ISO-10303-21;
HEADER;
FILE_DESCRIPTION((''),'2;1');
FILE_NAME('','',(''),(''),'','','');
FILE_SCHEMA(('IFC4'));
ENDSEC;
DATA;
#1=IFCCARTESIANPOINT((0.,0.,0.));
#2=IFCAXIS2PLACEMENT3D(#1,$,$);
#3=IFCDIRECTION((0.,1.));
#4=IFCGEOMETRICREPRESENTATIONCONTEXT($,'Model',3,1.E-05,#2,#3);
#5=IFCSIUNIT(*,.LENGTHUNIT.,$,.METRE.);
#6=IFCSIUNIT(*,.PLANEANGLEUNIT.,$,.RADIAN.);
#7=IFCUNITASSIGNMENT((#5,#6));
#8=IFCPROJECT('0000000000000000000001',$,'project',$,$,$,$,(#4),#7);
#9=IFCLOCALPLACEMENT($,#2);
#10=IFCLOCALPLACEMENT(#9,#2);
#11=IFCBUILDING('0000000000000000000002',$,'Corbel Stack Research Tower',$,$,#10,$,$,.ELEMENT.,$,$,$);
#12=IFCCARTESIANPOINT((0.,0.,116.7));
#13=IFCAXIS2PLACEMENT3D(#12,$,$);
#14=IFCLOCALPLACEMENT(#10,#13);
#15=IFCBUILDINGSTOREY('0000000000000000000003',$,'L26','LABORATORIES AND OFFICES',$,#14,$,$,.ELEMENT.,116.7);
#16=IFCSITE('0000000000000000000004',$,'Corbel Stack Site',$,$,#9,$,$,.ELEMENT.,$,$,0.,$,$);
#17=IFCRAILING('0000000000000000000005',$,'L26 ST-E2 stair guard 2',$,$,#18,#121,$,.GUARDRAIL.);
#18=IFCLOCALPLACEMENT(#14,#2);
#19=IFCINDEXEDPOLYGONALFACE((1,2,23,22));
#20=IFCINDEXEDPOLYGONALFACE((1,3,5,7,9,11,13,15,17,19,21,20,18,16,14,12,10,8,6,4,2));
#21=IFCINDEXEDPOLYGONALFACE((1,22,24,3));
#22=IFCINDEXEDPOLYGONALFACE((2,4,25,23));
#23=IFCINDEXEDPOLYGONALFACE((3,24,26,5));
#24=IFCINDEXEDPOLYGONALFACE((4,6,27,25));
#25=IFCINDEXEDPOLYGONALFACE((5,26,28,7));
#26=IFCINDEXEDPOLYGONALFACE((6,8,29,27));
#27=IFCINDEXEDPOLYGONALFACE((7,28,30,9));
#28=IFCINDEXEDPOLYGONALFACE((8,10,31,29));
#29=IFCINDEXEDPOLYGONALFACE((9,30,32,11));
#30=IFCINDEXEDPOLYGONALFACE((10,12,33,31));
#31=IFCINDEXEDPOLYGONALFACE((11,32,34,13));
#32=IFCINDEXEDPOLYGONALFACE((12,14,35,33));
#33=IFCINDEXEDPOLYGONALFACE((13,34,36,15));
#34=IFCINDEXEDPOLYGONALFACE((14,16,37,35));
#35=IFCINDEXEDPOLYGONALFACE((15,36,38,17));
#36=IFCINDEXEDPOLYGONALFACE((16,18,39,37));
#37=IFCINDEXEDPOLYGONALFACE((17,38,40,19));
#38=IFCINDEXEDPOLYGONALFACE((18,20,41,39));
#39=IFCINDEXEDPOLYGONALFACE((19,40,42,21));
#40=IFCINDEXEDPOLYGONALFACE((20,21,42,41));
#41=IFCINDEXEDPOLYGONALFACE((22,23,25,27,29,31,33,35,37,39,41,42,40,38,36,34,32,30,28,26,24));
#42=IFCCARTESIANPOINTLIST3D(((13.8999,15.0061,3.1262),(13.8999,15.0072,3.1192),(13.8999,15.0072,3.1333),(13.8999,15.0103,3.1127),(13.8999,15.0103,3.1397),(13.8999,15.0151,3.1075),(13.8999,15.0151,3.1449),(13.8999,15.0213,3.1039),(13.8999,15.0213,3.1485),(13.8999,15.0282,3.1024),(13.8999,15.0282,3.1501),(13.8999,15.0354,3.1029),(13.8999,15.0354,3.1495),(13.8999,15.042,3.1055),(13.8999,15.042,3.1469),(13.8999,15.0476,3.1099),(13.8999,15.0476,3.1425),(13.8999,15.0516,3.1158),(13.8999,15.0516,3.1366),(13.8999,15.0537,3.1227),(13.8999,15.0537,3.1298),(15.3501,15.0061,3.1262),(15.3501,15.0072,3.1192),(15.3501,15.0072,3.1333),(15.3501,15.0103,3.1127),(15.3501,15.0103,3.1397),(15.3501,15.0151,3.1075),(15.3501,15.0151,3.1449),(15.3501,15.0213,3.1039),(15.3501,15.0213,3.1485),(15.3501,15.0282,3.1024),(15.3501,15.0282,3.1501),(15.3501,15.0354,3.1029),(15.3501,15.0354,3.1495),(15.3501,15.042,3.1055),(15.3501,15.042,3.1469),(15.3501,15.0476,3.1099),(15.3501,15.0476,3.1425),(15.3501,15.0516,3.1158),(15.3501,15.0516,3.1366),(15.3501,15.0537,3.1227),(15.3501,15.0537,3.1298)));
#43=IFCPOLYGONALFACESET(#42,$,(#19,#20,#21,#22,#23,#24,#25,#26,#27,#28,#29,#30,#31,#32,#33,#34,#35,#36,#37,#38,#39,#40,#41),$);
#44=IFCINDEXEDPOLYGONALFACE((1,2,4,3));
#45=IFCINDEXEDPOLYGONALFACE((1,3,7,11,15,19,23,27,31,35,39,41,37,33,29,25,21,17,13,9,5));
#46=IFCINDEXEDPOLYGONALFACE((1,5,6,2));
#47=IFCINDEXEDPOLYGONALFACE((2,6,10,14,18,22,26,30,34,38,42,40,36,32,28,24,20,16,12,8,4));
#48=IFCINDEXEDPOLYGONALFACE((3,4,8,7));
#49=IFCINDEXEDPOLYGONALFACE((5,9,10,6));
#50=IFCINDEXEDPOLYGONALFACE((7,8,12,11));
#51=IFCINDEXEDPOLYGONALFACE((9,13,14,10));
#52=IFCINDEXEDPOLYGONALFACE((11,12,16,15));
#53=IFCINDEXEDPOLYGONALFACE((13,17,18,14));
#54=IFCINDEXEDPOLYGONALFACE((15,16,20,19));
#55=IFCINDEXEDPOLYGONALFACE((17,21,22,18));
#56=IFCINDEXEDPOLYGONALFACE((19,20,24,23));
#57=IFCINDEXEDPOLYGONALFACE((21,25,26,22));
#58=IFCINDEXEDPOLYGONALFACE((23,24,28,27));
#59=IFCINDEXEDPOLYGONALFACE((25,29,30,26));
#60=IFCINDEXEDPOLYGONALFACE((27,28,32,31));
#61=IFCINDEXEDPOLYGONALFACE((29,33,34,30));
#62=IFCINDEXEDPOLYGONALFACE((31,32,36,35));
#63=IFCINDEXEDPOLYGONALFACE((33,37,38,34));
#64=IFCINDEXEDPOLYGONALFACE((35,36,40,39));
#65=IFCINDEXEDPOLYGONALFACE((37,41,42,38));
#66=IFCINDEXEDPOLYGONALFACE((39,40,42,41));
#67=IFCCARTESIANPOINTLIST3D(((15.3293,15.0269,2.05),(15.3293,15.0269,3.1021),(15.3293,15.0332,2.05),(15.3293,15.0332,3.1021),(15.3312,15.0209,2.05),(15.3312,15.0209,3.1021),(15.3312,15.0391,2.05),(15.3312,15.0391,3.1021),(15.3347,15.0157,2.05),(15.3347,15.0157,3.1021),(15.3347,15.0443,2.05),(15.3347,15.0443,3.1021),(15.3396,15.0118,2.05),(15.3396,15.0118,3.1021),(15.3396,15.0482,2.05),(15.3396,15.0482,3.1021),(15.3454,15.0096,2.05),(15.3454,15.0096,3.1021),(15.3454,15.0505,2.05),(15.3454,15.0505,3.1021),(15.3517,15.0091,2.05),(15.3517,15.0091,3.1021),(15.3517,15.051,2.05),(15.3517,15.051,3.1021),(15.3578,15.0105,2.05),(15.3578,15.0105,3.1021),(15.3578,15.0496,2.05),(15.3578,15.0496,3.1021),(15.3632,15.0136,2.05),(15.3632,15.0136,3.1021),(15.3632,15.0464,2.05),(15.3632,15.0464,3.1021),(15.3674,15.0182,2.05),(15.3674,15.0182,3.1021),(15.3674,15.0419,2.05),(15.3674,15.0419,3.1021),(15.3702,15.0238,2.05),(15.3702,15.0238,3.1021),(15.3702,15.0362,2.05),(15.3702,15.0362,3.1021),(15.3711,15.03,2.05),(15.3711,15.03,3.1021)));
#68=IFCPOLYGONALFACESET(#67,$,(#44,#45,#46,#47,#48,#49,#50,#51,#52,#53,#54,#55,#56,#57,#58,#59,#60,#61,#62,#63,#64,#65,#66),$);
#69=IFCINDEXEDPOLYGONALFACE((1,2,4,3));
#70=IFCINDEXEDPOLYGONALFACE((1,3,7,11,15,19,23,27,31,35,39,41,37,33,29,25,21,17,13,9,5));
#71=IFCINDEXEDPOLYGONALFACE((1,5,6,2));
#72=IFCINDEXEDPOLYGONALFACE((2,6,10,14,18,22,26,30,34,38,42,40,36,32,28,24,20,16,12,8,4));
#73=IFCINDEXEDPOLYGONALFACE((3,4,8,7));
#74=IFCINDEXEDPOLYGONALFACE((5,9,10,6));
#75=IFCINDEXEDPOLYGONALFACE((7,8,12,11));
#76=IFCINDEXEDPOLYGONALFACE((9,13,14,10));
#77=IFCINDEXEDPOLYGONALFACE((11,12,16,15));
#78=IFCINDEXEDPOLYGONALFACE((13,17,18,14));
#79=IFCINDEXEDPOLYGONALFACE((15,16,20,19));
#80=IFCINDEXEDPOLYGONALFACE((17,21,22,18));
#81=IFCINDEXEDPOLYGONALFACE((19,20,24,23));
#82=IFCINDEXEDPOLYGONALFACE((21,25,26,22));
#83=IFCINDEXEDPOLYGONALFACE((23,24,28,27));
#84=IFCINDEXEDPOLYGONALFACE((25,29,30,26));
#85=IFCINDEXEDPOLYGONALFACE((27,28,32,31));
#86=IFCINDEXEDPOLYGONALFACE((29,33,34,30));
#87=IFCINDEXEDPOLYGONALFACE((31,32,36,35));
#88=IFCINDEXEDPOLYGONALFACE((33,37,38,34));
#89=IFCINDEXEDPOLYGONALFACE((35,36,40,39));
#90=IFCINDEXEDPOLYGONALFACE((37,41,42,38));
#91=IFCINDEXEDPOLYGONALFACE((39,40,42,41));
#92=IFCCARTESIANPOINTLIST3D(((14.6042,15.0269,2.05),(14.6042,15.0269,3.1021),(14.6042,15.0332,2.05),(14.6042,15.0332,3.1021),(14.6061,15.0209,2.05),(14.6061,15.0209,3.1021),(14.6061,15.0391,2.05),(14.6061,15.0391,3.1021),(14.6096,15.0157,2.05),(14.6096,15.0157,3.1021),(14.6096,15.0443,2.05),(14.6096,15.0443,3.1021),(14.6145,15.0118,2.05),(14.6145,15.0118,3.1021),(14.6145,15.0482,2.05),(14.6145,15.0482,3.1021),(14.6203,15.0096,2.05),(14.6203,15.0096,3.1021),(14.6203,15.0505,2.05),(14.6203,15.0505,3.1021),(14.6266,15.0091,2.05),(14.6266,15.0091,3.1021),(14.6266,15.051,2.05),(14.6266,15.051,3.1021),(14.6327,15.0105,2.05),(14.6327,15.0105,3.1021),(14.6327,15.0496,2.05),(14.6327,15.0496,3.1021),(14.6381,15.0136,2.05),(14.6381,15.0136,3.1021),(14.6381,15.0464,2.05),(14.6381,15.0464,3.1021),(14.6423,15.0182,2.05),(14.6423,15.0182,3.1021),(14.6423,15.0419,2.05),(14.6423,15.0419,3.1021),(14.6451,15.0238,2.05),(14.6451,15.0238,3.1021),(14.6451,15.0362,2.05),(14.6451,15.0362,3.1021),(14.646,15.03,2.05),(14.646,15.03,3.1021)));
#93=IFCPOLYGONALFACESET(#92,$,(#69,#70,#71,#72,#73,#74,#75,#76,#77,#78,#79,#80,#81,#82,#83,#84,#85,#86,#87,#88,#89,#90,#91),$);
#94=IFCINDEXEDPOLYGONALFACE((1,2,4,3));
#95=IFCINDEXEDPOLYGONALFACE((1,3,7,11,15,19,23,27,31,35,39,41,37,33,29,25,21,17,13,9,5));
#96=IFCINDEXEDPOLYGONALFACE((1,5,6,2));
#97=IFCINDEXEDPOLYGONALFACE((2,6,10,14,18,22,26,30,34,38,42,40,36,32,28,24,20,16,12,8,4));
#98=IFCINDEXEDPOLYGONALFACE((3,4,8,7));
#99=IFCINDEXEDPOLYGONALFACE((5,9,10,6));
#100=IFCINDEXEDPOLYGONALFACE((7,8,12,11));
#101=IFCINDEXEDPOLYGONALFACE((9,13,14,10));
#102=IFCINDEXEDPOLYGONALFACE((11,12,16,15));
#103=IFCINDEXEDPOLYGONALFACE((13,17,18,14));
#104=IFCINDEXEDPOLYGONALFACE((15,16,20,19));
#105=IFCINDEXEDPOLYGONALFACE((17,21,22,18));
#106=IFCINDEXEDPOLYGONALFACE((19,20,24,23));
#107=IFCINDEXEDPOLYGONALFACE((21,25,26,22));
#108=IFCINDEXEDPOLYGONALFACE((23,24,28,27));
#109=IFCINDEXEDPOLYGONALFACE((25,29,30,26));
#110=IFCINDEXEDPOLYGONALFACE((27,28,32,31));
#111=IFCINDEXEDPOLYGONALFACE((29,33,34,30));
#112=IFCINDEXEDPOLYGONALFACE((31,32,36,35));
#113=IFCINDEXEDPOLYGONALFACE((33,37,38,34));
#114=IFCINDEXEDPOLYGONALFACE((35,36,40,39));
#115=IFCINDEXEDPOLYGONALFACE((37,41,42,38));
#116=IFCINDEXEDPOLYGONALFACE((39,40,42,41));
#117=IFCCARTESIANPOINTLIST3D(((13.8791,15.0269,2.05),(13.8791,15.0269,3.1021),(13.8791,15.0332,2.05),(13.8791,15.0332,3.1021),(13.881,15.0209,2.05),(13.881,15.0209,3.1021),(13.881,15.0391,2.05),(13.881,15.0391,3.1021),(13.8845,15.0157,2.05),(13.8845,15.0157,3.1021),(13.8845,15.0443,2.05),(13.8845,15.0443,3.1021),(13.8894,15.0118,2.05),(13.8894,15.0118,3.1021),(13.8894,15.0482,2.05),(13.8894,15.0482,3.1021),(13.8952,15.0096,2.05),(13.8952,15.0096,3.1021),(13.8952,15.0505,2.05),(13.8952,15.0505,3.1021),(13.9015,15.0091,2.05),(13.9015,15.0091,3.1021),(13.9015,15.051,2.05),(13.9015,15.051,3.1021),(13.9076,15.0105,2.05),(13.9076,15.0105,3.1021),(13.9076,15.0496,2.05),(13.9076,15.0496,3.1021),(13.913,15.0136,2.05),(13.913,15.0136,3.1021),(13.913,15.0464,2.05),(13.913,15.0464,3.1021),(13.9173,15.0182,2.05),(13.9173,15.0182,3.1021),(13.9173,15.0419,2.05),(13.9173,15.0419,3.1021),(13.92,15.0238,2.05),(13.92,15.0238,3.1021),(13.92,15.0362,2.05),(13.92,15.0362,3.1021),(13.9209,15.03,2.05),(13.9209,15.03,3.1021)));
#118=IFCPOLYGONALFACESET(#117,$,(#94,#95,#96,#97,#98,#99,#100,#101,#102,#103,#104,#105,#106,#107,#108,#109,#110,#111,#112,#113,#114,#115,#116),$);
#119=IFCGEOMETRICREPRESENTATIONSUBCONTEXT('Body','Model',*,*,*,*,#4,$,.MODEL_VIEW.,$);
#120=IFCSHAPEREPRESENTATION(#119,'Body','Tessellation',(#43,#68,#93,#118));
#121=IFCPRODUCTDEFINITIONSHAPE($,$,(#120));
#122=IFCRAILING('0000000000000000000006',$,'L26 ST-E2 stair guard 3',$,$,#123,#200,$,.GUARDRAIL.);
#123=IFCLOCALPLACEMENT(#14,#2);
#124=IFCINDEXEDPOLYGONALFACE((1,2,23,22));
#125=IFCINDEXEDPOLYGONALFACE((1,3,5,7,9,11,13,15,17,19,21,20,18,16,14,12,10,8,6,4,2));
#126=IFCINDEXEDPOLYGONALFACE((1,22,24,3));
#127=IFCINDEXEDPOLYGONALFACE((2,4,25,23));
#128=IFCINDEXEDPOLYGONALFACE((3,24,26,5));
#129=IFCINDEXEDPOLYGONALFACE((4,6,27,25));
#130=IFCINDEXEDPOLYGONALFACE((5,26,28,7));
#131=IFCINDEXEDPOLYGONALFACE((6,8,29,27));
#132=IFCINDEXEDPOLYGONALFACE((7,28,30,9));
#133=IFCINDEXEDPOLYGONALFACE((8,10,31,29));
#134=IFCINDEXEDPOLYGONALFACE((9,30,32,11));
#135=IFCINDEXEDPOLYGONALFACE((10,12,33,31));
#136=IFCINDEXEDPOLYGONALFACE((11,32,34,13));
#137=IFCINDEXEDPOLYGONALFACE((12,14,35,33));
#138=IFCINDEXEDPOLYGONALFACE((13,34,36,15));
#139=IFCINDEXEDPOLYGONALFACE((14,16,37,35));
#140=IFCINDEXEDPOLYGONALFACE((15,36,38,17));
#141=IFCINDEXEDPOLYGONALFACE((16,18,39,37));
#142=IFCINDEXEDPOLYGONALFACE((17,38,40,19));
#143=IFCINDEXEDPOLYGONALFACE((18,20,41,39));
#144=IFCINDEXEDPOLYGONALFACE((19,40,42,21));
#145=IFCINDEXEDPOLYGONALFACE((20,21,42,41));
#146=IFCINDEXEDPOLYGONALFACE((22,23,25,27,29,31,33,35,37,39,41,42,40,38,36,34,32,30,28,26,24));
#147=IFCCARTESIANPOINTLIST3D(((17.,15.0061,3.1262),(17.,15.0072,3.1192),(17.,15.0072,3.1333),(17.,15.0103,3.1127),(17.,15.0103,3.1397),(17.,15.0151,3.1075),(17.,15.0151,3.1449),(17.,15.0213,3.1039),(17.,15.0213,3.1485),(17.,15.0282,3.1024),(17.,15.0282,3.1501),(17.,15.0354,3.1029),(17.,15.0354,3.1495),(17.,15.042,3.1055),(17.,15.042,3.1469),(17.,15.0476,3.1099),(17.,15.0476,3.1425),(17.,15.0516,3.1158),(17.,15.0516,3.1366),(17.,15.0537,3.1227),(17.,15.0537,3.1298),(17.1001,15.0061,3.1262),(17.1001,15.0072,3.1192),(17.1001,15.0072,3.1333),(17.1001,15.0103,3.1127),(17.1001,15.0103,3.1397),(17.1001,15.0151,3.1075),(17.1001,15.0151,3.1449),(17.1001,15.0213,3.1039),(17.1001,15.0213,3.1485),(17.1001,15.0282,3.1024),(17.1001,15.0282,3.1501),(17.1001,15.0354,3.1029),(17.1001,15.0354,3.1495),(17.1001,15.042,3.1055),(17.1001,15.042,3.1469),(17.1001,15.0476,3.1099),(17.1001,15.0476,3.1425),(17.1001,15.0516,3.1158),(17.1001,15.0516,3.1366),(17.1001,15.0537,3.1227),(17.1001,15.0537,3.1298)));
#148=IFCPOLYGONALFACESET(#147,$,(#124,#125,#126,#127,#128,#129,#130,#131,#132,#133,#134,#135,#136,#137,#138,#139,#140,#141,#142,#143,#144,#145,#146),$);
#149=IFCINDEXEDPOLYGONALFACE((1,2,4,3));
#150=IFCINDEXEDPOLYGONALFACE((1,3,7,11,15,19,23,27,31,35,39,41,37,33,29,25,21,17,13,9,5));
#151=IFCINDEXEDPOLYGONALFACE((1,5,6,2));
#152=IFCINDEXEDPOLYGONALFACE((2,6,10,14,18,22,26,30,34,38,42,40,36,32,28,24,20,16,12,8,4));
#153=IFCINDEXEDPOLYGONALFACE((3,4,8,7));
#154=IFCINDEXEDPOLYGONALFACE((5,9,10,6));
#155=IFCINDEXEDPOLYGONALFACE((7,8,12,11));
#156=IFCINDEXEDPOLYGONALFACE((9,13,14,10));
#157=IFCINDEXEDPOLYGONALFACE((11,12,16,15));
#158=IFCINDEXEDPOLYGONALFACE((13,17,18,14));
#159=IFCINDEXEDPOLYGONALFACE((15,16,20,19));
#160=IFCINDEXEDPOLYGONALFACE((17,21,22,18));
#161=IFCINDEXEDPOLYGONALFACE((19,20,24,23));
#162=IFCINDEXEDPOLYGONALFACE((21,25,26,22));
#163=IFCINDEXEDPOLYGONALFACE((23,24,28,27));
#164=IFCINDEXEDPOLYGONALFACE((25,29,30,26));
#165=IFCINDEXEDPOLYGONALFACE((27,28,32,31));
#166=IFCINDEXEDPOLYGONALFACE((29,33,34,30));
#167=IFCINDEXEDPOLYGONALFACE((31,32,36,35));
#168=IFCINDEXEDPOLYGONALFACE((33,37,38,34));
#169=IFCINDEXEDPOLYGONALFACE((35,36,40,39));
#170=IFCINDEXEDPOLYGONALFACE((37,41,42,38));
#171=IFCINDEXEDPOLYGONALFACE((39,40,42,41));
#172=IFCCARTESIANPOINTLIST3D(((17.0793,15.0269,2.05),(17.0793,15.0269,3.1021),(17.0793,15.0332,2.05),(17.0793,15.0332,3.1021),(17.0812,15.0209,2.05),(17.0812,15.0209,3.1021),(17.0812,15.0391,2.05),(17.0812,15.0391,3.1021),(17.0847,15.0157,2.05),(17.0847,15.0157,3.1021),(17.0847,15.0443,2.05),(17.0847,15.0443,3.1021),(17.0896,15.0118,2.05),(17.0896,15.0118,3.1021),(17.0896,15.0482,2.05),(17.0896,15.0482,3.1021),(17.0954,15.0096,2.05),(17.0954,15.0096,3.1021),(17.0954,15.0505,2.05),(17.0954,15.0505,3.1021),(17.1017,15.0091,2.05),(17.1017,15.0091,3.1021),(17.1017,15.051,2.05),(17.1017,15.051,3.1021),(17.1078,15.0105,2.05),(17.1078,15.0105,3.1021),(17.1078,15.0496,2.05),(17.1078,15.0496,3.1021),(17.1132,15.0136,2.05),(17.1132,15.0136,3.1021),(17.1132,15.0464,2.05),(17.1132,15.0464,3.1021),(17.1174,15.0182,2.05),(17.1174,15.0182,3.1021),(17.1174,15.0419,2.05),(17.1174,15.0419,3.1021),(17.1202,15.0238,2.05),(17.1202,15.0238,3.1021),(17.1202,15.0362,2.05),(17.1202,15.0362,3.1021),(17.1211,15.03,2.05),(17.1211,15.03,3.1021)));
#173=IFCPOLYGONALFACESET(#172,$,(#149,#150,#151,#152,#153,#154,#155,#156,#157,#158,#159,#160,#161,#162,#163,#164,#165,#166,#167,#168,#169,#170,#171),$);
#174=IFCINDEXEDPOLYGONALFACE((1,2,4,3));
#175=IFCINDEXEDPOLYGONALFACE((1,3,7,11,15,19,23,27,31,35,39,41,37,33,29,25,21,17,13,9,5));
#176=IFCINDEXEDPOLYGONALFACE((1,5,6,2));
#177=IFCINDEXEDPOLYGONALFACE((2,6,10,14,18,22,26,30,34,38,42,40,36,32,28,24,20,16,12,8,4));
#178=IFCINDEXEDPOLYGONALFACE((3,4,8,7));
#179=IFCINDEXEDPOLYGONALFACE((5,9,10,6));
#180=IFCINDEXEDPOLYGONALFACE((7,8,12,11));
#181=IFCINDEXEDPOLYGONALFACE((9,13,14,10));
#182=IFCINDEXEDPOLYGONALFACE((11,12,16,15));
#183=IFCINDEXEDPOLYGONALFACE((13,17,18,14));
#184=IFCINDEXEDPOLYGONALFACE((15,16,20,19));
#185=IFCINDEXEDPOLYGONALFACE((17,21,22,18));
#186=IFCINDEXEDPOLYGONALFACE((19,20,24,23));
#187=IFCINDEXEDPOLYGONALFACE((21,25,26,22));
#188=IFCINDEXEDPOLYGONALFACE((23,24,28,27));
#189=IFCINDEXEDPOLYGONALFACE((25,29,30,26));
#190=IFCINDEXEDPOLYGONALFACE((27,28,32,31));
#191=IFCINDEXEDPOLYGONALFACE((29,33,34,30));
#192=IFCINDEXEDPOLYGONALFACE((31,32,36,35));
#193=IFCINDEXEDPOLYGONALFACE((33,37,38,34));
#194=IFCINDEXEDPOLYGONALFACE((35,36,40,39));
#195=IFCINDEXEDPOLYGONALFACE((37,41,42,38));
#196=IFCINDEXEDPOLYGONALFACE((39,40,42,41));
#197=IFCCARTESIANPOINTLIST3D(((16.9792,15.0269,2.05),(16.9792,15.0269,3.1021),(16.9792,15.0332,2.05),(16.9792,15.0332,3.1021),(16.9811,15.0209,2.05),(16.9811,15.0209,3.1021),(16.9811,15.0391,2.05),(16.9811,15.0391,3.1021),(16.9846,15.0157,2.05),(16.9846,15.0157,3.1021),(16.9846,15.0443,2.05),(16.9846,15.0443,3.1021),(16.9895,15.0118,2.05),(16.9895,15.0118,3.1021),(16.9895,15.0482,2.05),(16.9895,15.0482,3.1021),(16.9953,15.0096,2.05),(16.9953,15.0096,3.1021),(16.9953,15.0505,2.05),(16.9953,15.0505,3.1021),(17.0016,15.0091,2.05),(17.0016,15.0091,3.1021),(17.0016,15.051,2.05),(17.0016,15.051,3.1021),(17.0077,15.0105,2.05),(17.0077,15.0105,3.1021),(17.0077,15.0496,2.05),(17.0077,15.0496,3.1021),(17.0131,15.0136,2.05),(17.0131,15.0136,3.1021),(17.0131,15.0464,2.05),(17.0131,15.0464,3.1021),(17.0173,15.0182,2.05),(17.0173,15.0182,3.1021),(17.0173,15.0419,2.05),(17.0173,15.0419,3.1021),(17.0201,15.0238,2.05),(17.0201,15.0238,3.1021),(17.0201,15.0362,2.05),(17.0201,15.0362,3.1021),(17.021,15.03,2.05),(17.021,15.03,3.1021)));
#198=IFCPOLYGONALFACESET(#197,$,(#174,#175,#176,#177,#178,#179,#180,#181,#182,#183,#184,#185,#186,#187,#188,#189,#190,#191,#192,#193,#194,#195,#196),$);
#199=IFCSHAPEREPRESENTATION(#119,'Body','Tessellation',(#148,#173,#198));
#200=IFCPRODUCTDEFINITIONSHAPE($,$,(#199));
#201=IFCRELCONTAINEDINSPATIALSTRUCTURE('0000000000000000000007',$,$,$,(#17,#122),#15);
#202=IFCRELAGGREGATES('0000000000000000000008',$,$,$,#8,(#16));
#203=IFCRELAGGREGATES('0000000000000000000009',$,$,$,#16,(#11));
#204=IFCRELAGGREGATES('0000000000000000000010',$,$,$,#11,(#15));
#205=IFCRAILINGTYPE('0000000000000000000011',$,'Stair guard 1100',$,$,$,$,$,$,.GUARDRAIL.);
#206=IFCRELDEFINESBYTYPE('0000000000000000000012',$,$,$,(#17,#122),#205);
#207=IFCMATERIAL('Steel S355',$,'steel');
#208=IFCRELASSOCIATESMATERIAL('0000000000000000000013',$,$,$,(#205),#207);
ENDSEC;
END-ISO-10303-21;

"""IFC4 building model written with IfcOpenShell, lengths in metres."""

from ifc_helpers import new_model, si_unit, direction, frame, origin, origin_2d, place, context, subcontext, project, spatial, circle, extrude, material, type_object, element, save


model = new_model("IFC4")

# Units and contexts
model_context = context("Model", 3, precision=1e-05, world=origin(), true_north=direction((0.0, 1.0)))
body_context = subcontext(model_context, "Body", "Model", "MODEL_VIEW")
ifc_project = project(units=[si_unit("LENGTHUNIT", "METRE"), si_unit("PLANEANGLEUNIT", "RADIAN")], contexts=[model_context])

# Site, building, storey
site_placement = place(None, origin())
site = spatial("IfcSite", under=ifc_project, at=site_placement, Name="Corbel Stack Site", CompositionType="ELEMENT", RefElevation=0.0)
building_placement = place(site_placement, origin())
building = spatial("IfcBuilding", under=site, at=building_placement, Name="Corbel Stack Research Tower", CompositionType="ELEMENT")
storey_placement = place(building_placement, frame((0.0, 0.0, 116.7)))
storey = spatial("IfcBuildingStorey", under=building, at=storey_placement, Name="L26", Description="LABORATORIES AND OFFICES", CompositionType="ELEMENT", Elevation=116.7)

# Railings
ifc_material_1 = material(Name="Steel S355", Category="steel")
railing_type_1 = type_object("IfcRailingType", Name="Stair guard 1100", PredefinedType="GUARDRAIL", material=ifc_material_1)
railing_1_placement = place(storey_placement, frame((15.3501, 15.03, 2.05)))
element("IfcRailing", 1, at=railing_1_placement, inside=storey, type_object=railing_type_1, Name="L26 ST-E2 stair guard 2", PredefinedType="GUARDRAIL", context=body_context, shape_type="SweptSolid", body=[
    extrude(circle(Radius=0.0239, at=origin_2d()), frame((0.0, 0.0, 1.0762), z_axis=(-1.0, 0.0, 0.0), x_axis=(0.0, -1.0, 0.0)), (0.0, 0.0, 1.0), 1.4502),
    extrude(circle(Radius=0.021, at=origin_2d()), origin(), (0.0, 0.0, 1.0), 1.052),
    extrude(circle(Radius=0.021, at=origin_2d()), frame((-0.7251, 0.0, 0.0)), (0.0, 0.0, 1.0), 1.052),
    extrude(circle(Radius=0.021, at=origin_2d()), frame((-1.4502, 0.0, 0.0)), (0.0, 0.0, 1.0), 1.052),
])
railing_2_placement = place(storey_placement, frame((17.1001, 15.03, 2.05)))
element("IfcRailing", 2, at=railing_2_placement, inside=storey, type_object=railing_type_1, Name="L26 ST-E2 stair guard 3", PredefinedType="GUARDRAIL", context=body_context, shape_type="SweptSolid", body=[
    extrude(circle(Radius=0.0239, at=origin_2d()), frame((0.0, 0.0, 1.0762), z_axis=(-1.0, 0.0, 0.0), x_axis=(0.0, -1.0, 0.0)), (0.0, 0.0, 1.0), 0.1001),
    extrude(circle(Radius=0.021, at=origin_2d()), origin(), (0.0, 0.0, 1.0), 1.052),
    extrude(circle(Radius=0.021, at=origin_2d()), frame((-0.1001, 0.0, 0.0)), (0.0, 0.0, 1.0), 1.052),
])

save(model, "model.ifc")
